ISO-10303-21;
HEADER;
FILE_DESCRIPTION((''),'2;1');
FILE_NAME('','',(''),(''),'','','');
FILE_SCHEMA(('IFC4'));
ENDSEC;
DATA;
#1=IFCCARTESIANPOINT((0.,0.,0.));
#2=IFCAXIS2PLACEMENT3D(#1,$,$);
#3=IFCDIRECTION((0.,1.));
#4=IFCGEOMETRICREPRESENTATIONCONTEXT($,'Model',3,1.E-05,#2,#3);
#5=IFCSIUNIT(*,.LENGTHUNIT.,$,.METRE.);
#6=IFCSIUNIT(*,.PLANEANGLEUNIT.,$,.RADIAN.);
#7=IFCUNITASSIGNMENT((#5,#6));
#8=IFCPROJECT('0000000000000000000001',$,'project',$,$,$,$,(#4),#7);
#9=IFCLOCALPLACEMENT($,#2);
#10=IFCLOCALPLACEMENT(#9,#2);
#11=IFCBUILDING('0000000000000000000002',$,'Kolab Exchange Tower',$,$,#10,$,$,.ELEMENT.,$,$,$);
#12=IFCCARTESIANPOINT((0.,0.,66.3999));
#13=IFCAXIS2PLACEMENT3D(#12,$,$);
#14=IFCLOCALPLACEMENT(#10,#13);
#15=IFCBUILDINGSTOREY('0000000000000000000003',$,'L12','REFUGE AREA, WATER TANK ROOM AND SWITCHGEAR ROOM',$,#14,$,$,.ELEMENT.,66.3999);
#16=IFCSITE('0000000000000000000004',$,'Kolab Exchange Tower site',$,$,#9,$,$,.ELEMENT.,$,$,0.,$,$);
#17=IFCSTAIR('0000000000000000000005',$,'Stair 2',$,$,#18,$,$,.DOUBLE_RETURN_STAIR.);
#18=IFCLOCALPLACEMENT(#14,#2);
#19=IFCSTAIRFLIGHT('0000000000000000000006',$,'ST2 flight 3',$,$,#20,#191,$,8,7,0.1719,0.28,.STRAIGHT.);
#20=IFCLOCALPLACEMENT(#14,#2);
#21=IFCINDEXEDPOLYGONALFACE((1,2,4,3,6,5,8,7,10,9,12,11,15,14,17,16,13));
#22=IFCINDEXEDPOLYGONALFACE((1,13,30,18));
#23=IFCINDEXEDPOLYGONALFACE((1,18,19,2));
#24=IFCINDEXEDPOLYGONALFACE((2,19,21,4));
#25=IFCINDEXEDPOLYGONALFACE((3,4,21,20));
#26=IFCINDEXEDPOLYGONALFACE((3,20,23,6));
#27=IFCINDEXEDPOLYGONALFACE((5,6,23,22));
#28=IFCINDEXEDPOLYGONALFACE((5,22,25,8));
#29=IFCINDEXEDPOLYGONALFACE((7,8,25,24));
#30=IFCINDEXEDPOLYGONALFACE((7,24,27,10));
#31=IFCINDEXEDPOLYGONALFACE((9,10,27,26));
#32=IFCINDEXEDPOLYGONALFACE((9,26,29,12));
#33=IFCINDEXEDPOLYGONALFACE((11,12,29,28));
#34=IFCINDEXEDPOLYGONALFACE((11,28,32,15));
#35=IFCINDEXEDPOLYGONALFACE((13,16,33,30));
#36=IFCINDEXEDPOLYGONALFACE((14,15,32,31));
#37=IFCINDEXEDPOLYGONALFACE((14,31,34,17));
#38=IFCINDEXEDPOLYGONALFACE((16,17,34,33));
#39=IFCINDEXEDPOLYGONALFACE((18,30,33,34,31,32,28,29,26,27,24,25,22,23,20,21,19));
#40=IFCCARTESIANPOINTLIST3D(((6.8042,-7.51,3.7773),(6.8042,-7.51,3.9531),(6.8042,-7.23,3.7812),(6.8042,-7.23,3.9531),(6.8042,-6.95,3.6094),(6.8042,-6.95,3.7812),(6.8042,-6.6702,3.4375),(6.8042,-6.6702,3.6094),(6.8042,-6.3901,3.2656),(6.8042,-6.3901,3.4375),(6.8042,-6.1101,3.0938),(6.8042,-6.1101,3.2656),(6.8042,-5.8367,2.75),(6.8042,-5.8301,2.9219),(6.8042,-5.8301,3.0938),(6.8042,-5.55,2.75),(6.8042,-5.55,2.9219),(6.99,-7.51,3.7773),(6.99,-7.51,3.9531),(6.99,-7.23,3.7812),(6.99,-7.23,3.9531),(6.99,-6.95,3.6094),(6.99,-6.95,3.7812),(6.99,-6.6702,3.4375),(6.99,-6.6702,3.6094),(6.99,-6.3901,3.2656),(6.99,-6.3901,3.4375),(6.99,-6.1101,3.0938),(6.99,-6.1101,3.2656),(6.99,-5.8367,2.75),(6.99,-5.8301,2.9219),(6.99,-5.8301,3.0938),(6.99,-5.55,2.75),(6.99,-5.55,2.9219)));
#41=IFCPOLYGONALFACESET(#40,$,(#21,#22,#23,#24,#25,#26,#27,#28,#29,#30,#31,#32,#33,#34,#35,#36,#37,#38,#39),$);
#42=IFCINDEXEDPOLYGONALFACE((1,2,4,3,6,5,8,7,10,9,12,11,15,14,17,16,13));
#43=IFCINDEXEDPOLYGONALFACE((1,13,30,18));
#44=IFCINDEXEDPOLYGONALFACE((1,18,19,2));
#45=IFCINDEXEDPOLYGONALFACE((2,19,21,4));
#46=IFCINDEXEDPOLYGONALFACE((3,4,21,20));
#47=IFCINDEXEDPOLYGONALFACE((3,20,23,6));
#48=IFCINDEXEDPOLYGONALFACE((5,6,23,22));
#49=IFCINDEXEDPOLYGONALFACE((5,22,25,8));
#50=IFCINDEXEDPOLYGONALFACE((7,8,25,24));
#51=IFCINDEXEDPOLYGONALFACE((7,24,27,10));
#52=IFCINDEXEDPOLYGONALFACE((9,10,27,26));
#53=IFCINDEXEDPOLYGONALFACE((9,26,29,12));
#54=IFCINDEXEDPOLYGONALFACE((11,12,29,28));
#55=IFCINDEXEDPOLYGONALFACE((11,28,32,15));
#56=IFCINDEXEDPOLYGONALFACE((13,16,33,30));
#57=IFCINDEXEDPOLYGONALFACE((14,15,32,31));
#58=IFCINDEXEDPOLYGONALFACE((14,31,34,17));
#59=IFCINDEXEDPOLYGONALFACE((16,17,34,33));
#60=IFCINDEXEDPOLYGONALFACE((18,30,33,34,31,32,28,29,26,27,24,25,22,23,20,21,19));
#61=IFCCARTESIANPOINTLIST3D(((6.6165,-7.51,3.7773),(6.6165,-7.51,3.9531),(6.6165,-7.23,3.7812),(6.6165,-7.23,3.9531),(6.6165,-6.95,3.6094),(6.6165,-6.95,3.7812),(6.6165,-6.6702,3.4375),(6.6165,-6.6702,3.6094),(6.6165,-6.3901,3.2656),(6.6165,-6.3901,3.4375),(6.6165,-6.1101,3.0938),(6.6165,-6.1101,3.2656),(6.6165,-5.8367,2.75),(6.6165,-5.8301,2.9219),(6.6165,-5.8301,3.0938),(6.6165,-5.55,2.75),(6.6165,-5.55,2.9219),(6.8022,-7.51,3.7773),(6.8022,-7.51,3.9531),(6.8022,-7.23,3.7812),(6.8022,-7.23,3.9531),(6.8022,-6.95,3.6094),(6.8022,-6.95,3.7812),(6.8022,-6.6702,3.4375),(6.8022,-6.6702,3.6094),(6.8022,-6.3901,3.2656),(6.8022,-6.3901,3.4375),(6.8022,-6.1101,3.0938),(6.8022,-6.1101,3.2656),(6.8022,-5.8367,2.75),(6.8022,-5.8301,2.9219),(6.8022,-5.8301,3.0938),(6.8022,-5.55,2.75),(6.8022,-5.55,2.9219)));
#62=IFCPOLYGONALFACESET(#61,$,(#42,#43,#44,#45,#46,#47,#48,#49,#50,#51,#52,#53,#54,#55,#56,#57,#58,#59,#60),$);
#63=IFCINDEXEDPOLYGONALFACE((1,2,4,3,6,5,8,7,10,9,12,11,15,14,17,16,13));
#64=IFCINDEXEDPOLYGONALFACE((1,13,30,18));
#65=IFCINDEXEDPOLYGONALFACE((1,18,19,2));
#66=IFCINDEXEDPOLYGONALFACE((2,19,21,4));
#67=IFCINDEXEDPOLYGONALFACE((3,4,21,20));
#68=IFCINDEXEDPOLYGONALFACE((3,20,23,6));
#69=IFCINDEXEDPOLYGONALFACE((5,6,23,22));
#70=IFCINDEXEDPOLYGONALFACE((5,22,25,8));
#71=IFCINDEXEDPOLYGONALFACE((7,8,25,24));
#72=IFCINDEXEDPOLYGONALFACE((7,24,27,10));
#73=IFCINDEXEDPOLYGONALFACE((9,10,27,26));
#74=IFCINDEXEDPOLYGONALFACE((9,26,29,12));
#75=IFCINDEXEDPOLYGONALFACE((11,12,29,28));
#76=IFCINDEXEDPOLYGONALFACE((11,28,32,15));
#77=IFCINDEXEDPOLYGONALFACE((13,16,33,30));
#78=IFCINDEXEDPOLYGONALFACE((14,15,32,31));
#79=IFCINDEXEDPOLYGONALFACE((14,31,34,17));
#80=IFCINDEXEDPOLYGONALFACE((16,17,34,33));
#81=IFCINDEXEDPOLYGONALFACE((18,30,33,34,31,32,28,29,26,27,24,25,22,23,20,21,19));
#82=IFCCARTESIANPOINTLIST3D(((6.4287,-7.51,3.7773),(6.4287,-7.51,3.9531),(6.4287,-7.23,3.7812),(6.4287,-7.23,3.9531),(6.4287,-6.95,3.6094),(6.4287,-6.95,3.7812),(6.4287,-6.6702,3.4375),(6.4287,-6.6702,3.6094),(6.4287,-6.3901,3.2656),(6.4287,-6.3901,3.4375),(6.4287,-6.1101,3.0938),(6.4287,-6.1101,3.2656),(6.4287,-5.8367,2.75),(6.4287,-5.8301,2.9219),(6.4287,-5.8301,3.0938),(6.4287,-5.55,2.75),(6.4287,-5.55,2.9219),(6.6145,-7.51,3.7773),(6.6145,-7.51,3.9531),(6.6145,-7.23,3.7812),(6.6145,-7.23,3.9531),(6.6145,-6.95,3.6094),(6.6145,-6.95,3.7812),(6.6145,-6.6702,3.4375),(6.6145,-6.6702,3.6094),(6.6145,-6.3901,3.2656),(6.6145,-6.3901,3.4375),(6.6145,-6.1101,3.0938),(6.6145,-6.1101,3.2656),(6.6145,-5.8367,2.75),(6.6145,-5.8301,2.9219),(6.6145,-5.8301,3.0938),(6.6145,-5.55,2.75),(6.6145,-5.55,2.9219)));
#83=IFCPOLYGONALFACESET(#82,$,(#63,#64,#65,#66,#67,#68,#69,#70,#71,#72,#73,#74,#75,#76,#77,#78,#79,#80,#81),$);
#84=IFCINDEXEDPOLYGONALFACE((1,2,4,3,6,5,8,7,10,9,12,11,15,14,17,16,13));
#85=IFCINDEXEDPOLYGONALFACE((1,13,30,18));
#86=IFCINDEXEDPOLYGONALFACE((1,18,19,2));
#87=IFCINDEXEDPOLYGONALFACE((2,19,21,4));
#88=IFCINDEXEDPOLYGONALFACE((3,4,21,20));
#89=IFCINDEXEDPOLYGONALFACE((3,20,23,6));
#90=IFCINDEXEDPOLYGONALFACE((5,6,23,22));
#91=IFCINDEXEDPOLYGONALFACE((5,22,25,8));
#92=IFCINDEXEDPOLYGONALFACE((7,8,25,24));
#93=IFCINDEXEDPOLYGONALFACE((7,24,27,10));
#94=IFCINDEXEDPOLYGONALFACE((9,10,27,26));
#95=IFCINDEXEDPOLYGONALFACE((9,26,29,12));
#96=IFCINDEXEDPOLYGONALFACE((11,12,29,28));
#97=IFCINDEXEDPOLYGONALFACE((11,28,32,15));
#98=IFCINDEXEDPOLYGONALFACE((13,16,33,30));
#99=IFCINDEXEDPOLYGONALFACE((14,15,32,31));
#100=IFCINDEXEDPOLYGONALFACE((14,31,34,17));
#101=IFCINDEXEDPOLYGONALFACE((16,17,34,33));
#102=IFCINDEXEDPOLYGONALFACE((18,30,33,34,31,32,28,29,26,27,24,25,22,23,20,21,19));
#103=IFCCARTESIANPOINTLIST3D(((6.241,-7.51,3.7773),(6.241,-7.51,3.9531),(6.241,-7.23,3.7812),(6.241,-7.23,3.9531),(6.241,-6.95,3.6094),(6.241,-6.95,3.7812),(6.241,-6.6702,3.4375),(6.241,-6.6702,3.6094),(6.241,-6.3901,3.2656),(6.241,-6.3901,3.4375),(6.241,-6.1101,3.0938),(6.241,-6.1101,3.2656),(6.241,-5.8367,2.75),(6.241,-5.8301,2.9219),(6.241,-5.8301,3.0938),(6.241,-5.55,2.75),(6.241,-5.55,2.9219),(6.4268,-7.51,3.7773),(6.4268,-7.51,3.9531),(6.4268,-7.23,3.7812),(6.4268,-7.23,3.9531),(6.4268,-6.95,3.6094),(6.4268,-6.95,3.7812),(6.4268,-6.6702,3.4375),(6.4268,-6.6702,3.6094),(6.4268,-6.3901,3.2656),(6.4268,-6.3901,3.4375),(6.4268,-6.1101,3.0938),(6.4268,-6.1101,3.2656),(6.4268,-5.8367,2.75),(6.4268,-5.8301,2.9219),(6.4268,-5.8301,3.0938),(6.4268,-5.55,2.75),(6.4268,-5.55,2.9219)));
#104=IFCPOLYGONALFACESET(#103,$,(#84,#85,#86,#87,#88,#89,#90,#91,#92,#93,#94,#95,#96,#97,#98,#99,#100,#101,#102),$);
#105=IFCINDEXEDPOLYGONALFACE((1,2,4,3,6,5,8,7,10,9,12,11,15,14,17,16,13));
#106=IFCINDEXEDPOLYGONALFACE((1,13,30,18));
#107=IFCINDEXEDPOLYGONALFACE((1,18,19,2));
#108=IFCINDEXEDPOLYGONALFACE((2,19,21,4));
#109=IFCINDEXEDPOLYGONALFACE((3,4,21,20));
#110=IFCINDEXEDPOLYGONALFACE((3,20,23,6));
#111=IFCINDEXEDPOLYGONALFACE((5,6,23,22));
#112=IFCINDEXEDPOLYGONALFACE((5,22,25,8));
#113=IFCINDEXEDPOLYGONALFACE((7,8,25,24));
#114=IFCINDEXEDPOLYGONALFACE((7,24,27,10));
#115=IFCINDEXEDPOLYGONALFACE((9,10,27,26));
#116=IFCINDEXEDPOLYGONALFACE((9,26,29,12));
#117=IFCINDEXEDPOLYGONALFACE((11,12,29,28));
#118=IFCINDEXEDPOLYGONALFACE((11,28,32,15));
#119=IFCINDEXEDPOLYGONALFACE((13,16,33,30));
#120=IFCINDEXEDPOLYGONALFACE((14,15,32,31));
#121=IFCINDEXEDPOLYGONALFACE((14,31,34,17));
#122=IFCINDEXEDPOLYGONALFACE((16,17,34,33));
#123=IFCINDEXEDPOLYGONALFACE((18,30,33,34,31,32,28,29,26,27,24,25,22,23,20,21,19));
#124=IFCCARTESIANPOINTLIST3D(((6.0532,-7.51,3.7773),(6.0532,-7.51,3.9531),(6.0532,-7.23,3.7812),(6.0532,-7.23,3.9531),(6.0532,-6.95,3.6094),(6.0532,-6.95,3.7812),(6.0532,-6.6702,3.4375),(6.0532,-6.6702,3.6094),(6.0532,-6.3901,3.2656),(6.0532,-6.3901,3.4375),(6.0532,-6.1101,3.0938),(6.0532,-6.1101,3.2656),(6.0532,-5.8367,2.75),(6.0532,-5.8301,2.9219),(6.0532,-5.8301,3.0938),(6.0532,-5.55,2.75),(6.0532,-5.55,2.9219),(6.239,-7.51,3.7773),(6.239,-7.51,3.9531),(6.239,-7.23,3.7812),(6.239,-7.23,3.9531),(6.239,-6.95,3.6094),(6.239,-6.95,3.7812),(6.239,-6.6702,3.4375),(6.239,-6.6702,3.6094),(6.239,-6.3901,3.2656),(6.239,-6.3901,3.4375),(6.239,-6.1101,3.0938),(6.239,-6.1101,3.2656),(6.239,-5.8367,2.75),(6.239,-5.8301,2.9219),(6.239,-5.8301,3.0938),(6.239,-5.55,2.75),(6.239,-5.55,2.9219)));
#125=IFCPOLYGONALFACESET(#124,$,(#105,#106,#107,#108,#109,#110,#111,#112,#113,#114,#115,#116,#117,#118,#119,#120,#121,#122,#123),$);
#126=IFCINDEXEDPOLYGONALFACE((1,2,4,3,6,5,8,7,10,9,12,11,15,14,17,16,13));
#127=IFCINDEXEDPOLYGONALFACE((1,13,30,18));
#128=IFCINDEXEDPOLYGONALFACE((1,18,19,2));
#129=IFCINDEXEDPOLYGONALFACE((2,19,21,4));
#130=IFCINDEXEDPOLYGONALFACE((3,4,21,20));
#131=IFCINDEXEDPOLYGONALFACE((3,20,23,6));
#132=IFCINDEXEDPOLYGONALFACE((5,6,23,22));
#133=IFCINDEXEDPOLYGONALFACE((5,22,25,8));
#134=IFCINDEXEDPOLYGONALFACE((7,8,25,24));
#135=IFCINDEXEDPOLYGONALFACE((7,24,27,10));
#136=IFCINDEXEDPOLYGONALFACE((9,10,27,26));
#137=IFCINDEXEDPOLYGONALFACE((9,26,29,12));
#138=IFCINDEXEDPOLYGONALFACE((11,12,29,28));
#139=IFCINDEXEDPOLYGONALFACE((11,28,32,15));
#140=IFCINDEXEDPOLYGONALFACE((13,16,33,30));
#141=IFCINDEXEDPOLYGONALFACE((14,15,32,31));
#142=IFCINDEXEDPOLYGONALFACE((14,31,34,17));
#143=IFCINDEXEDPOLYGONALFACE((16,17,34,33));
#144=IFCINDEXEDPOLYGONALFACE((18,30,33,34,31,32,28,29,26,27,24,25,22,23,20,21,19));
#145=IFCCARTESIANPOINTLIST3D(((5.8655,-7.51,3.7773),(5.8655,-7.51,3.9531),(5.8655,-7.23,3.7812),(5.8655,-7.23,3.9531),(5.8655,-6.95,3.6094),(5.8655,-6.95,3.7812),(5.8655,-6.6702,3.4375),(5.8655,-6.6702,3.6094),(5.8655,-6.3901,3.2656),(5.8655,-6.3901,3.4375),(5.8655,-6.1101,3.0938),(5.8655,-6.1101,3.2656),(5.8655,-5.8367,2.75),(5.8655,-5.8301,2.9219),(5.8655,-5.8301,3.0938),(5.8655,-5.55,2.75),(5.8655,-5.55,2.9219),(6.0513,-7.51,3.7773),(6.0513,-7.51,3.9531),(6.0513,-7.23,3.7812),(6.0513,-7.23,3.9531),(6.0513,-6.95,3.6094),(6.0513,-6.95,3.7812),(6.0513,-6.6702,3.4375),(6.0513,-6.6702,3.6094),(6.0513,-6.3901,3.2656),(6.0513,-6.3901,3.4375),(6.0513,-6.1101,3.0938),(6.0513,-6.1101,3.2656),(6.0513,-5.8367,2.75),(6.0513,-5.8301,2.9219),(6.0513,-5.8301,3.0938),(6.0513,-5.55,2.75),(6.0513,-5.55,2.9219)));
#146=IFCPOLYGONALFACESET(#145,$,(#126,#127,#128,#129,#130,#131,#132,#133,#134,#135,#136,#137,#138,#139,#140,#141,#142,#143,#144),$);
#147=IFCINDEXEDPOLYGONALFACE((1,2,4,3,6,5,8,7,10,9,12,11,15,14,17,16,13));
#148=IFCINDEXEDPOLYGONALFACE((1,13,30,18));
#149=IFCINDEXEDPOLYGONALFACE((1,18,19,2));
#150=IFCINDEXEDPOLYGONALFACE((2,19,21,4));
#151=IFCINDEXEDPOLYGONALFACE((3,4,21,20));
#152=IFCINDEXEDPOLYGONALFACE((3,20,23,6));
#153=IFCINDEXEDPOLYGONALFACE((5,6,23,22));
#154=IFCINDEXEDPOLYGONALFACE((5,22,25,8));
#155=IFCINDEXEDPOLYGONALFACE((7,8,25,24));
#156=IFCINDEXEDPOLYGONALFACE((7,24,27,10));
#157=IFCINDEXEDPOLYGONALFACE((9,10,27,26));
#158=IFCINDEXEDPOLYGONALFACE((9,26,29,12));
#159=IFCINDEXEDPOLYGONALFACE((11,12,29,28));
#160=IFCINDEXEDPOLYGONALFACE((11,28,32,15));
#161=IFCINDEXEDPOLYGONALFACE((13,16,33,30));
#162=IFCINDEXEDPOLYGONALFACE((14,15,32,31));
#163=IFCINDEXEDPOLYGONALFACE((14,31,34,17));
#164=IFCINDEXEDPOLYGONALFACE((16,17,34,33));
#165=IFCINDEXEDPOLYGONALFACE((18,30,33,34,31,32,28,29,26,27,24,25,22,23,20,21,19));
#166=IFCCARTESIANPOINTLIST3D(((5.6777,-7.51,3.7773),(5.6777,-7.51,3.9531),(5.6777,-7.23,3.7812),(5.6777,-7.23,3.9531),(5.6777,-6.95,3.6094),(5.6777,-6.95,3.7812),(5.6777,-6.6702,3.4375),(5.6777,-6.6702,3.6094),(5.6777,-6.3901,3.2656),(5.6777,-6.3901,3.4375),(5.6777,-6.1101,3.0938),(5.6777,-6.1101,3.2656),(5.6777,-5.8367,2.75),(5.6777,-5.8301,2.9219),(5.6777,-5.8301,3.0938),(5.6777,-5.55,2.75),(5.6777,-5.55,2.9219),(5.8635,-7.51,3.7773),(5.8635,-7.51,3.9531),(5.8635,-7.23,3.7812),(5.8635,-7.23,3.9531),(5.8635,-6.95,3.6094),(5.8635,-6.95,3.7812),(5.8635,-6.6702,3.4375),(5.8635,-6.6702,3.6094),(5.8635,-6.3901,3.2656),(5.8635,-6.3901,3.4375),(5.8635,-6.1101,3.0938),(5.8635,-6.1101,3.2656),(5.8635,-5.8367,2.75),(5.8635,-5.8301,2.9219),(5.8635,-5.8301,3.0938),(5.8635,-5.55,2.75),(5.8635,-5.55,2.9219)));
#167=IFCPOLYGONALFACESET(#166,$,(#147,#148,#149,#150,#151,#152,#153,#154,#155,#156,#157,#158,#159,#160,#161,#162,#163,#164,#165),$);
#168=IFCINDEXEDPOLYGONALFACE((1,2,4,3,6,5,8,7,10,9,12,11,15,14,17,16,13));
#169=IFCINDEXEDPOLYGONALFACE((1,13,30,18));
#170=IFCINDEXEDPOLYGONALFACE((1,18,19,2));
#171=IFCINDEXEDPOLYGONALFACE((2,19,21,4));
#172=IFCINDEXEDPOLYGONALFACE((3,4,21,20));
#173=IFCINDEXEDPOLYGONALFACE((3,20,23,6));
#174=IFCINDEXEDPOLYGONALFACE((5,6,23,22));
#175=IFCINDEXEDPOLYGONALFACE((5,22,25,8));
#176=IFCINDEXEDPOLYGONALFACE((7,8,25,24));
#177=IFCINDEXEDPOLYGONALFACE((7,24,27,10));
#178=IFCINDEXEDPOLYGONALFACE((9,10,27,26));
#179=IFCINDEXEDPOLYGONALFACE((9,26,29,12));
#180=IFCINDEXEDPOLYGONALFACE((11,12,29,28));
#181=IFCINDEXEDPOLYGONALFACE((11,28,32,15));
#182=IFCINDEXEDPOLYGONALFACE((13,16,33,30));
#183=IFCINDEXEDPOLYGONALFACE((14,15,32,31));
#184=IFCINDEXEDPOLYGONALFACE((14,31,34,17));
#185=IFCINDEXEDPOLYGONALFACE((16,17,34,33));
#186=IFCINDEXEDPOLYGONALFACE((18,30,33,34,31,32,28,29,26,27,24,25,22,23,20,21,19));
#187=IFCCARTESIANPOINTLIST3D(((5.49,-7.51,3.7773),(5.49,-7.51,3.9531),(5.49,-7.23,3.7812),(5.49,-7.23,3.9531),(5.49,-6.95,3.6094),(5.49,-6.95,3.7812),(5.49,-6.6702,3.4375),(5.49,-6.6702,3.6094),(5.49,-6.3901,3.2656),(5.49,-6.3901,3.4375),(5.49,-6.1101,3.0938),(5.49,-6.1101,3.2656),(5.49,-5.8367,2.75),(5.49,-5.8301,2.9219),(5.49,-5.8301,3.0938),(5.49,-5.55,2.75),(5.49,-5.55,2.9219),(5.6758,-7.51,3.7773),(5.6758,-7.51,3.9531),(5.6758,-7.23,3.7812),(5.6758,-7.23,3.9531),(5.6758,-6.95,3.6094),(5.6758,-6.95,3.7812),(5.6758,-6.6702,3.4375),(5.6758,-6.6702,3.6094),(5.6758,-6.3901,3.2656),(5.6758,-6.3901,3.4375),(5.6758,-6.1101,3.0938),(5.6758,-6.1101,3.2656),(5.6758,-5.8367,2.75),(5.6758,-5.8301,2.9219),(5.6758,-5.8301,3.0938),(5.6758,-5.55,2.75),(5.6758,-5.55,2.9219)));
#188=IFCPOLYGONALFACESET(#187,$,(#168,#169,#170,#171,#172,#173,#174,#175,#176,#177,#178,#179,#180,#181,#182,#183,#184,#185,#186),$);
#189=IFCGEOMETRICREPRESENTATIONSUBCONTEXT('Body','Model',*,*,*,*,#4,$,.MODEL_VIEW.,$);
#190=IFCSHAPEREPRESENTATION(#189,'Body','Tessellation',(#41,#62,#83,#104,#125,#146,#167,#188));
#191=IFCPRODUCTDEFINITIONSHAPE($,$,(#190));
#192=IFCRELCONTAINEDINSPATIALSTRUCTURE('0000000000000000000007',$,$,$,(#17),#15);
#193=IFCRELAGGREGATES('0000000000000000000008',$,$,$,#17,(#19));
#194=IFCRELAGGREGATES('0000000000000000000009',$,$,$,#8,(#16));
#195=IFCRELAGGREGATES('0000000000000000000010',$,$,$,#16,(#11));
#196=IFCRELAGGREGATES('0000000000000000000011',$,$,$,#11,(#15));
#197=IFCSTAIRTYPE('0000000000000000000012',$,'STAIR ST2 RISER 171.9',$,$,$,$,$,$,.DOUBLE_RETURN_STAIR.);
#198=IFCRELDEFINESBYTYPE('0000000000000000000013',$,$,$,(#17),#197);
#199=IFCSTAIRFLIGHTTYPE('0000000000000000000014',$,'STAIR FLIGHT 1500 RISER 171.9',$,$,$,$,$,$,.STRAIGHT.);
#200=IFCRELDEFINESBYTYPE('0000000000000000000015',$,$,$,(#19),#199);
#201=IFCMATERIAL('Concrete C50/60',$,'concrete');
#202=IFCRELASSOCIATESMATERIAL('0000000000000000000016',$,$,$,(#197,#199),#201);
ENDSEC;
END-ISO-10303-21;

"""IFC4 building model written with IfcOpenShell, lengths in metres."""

from ifc_helpers import new_model, si_unit, direction, frame, origin, place, context, subcontext, project, spatial, polyline, outline, extrude, material, type_object, element, aggregate, save


model = new_model("IFC4")

# Units and contexts
model_context = context("Model", 3, precision=1e-05, world=origin(), true_north=direction((0.0, 1.0)))
body_context = subcontext(model_context, "Body", "Model", "MODEL_VIEW")
ifc_project = project(units=[si_unit("LENGTHUNIT", "METRE"), si_unit("PLANEANGLEUNIT", "RADIAN")], contexts=[model_context])

# Site, building, storey
site_placement = place(None, origin())
site = spatial("IfcSite", under=ifc_project, at=site_placement, Name="Kolab Exchange Tower site", CompositionType="ELEMENT", RefElevation=0.0)
building_placement = place(site_placement, origin())
building = spatial("IfcBuilding", under=site, at=building_placement, Name="Kolab Exchange Tower", CompositionType="ELEMENT")
storey_placement = place(building_placement, frame((0.0, 0.0, 66.3999)))
storey = spatial("IfcBuildingStorey", under=building, at=storey_placement, Name="L12", Description="REFUGE AREA, WATER TANK ROOM AND SWITCHGEAR ROOM", CompositionType="ELEMENT", Elevation=66.3999)

# Shared definitions
ifc_material_1 = material(Name="Concrete C50/60", Category="concrete")

# Stair, stair flight
stair_type = type_object("IfcStairType", Name="STAIR ST2 RISER 171.9", PredefinedType="DOUBLE_RETURN_STAIR", material=ifc_material_1)
stair_placement = place(storey_placement, origin())
stair = element("IfcStair", 1, at=stair_placement, inside=storey, type_object=stair_type, Name="Stair 2", PredefinedType="DOUBLE_RETURN_STAIR")
stair_flight_type = type_object("IfcStairFlightType", Name="STAIR FLIGHT 1500 RISER 171.9", PredefinedType="STRAIGHT", material=ifc_material_1)
stair_flight_1_placement = place(storey_placement, frame((6.24, -5.55, 2.75), z_axis=(0.0, 0.0, 1.0), x_axis=(0.0, -1.0, 0.0)))
stair_flight_1 = element("IfcStairFlight", 2, at=stair_flight_1_placement, type_object=stair_flight_type, Name="ST2 flight 3", NumberOfRisers=8, NumberOfTreads=7, PredefinedType="STRAIGHT", RiserHeight=0.1719, TreadLength=0.28, context=body_context, shape_type="SweptSolid", body=[
    extrude(outline(polyline([(0.0, 0.0), (0.0, 0.1719), (0.28, 0.1719), (0.28, 0.3438), (0.5601, 0.3438), (0.5601, 0.5156), (0.8401, 0.5156), (0.8401, 0.6875), (1.1201, 0.6875), (1.1201, 0.8594), (1.3999, 0.8594), (1.3999, 1.0312), (1.6799, 1.0312), (1.6799, 1.2031), (1.96, 1.2031), (1.96, 1.375), (1.96, 1.0273), (0.2866, 0.0), (0.0, 0.0)])), frame((0.0, 0.75, 0.0), z_axis=(0.0, -1.0, 0.0), x_axis=(1.0, 0.0, 0.0)), (0.0, 0.0, 1.0), 0.1858),
    extrude(outline(polyline([(0.0, 0.0), (0.0, 0.1719), (0.28, 0.1719), (0.28, 0.3438), (0.5601, 0.3438), (0.5601, 0.5156), (0.8401, 0.5156), (0.8401, 0.6875), (1.1201, 0.6875), (1.1201, 0.8594), (1.3999, 0.8594), (1.3999, 1.0312), (1.6799, 1.0312), (1.6799, 1.2031), (1.96, 1.2031), (1.96, 1.375), (1.96, 1.0273), (0.2866, 0.0), (0.0, 0.0)])), frame((0.0, 0.5623, 0.0), z_axis=(0.0, -1.0, 0.0), x_axis=(1.0, 0.0, 0.0)), (0.0, 0.0, 1.0), 0.1858),
    extrude(outline(polyline([(0.0, 0.0), (0.0, 0.1719), (0.28, 0.1719), (0.28, 0.3438), (0.5601, 0.3438), (0.5601, 0.5156), (0.8401, 0.5156), (0.8401, 0.6875), (1.1201, 0.6875), (1.1201, 0.8594), (1.3999, 0.8594), (1.3999, 1.0312), (1.6799, 1.0312), (1.6799, 1.2031), (1.96, 1.2031), (1.96, 1.375), (1.96, 1.0273), (0.2866, 0.0), (0.0, 0.0)])), frame((0.0, 0.3745, 0.0), z_axis=(0.0, -1.0, 0.0), x_axis=(1.0, 0.0, 0.0)), (0.0, 0.0, 1.0), 0.1858),
    extrude(outline(polyline([(0.0, 0.0), (0.0, 0.1719), (0.28, 0.1719), (0.28, 0.3438), (0.5601, 0.3438), (0.5601, 0.5156), (0.8401, 0.5156), (0.8401, 0.6875), (1.1201, 0.6875), (1.1201, 0.8594), (1.3999, 0.8594), (1.3999, 1.0312), (1.6799, 1.0312), (1.6799, 1.2031), (1.96, 1.2031), (1.96, 1.375), (1.96, 1.0273), (0.2866, 0.0), (0.0, 0.0)])), frame((0.0, 0.1868, 0.0), z_axis=(0.0, -1.0, 0.0), x_axis=(1.0, 0.0, 0.0)), (0.0, 0.0, 1.0), 0.1858),
    extrude(outline(polyline([(0.0, 0.0), (0.0, 0.1719), (0.28, 0.1719), (0.28, 0.3438), (0.5601, 0.3438), (0.5601, 0.5156), (0.8401, 0.5156), (0.8401, 0.6875), (1.1201, 0.6875), (1.1201, 0.8594), (1.3999, 0.8594), (1.3999, 1.0312), (1.6799, 1.0312), (1.6799, 1.2031), (1.96, 1.2031), (1.96, 1.375), (1.96, 1.0273), (0.2866, 0.0), (0.0, 0.0)])), frame((0.0, -0.001, 0.0), z_axis=(0.0, -1.0, 0.0), x_axis=(1.0, 0.0, 0.0)), (0.0, 0.0, 1.0), 0.1858),
    extrude(outline(polyline([(0.0, 0.0), (0.0, 0.1719), (0.28, 0.1719), (0.28, 0.3438), (0.5601, 0.3438), (0.5601, 0.5156), (0.8401, 0.5156), (0.8401, 0.6875), (1.1201, 0.6875), (1.1201, 0.8594), (1.3999, 0.8594), (1.3999, 1.0312), (1.6799, 1.0312), (1.6799, 1.2031), (1.96, 1.2031), (1.96, 1.375), (1.96, 1.0273), (0.2866, 0.0), (0.0, 0.0)])), frame((0.0, -0.1887, 0.0), z_axis=(0.0, -1.0, 0.0), x_axis=(1.0, 0.0, 0.0)), (0.0, 0.0, 1.0), 0.1858),
    extrude(outline(polyline([(0.0, 0.0), (0.0, 0.1719), (0.28, 0.1719), (0.28, 0.3438), (0.5601, 0.3438), (0.5601, 0.5156), (0.8401, 0.5156), (0.8401, 0.6875), (1.1201, 0.6875), (1.1201, 0.8594), (1.3999, 0.8594), (1.3999, 1.0312), (1.6799, 1.0312), (1.6799, 1.2031), (1.96, 1.2031), (1.96, 1.375), (1.96, 1.0273), (0.2866, 0.0), (0.0, 0.0)])), frame((0.0, -0.3765, 0.0), z_axis=(0.0, -1.0, 0.0), x_axis=(1.0, 0.0, 0.0)), (0.0, 0.0, 1.0), 0.1858),
    extrude(outline(polyline([(0.0, 0.0), (0.0, 0.1719), (0.28, 0.1719), (0.28, 0.3438), (0.5601, 0.3438), (0.5601, 0.5156), (0.8401, 0.5156), (0.8401, 0.6875), (1.1201, 0.6875), (1.1201, 0.8594), (1.3999, 0.8594), (1.3999, 1.0312), (1.6799, 1.0312), (1.6799, 1.2031), (1.96, 1.2031), (1.96, 1.375), (1.96, 1.0273), (0.2866, 0.0), (0.0, 0.0)])), frame((0.0, -0.5642, 0.0), z_axis=(0.0, -1.0, 0.0), x_axis=(1.0, 0.0, 0.0)), (0.0, 0.0, 1.0), 0.1858),
])
aggregate(stair, [stair_flight_1])

save(model, "model.ifc")
